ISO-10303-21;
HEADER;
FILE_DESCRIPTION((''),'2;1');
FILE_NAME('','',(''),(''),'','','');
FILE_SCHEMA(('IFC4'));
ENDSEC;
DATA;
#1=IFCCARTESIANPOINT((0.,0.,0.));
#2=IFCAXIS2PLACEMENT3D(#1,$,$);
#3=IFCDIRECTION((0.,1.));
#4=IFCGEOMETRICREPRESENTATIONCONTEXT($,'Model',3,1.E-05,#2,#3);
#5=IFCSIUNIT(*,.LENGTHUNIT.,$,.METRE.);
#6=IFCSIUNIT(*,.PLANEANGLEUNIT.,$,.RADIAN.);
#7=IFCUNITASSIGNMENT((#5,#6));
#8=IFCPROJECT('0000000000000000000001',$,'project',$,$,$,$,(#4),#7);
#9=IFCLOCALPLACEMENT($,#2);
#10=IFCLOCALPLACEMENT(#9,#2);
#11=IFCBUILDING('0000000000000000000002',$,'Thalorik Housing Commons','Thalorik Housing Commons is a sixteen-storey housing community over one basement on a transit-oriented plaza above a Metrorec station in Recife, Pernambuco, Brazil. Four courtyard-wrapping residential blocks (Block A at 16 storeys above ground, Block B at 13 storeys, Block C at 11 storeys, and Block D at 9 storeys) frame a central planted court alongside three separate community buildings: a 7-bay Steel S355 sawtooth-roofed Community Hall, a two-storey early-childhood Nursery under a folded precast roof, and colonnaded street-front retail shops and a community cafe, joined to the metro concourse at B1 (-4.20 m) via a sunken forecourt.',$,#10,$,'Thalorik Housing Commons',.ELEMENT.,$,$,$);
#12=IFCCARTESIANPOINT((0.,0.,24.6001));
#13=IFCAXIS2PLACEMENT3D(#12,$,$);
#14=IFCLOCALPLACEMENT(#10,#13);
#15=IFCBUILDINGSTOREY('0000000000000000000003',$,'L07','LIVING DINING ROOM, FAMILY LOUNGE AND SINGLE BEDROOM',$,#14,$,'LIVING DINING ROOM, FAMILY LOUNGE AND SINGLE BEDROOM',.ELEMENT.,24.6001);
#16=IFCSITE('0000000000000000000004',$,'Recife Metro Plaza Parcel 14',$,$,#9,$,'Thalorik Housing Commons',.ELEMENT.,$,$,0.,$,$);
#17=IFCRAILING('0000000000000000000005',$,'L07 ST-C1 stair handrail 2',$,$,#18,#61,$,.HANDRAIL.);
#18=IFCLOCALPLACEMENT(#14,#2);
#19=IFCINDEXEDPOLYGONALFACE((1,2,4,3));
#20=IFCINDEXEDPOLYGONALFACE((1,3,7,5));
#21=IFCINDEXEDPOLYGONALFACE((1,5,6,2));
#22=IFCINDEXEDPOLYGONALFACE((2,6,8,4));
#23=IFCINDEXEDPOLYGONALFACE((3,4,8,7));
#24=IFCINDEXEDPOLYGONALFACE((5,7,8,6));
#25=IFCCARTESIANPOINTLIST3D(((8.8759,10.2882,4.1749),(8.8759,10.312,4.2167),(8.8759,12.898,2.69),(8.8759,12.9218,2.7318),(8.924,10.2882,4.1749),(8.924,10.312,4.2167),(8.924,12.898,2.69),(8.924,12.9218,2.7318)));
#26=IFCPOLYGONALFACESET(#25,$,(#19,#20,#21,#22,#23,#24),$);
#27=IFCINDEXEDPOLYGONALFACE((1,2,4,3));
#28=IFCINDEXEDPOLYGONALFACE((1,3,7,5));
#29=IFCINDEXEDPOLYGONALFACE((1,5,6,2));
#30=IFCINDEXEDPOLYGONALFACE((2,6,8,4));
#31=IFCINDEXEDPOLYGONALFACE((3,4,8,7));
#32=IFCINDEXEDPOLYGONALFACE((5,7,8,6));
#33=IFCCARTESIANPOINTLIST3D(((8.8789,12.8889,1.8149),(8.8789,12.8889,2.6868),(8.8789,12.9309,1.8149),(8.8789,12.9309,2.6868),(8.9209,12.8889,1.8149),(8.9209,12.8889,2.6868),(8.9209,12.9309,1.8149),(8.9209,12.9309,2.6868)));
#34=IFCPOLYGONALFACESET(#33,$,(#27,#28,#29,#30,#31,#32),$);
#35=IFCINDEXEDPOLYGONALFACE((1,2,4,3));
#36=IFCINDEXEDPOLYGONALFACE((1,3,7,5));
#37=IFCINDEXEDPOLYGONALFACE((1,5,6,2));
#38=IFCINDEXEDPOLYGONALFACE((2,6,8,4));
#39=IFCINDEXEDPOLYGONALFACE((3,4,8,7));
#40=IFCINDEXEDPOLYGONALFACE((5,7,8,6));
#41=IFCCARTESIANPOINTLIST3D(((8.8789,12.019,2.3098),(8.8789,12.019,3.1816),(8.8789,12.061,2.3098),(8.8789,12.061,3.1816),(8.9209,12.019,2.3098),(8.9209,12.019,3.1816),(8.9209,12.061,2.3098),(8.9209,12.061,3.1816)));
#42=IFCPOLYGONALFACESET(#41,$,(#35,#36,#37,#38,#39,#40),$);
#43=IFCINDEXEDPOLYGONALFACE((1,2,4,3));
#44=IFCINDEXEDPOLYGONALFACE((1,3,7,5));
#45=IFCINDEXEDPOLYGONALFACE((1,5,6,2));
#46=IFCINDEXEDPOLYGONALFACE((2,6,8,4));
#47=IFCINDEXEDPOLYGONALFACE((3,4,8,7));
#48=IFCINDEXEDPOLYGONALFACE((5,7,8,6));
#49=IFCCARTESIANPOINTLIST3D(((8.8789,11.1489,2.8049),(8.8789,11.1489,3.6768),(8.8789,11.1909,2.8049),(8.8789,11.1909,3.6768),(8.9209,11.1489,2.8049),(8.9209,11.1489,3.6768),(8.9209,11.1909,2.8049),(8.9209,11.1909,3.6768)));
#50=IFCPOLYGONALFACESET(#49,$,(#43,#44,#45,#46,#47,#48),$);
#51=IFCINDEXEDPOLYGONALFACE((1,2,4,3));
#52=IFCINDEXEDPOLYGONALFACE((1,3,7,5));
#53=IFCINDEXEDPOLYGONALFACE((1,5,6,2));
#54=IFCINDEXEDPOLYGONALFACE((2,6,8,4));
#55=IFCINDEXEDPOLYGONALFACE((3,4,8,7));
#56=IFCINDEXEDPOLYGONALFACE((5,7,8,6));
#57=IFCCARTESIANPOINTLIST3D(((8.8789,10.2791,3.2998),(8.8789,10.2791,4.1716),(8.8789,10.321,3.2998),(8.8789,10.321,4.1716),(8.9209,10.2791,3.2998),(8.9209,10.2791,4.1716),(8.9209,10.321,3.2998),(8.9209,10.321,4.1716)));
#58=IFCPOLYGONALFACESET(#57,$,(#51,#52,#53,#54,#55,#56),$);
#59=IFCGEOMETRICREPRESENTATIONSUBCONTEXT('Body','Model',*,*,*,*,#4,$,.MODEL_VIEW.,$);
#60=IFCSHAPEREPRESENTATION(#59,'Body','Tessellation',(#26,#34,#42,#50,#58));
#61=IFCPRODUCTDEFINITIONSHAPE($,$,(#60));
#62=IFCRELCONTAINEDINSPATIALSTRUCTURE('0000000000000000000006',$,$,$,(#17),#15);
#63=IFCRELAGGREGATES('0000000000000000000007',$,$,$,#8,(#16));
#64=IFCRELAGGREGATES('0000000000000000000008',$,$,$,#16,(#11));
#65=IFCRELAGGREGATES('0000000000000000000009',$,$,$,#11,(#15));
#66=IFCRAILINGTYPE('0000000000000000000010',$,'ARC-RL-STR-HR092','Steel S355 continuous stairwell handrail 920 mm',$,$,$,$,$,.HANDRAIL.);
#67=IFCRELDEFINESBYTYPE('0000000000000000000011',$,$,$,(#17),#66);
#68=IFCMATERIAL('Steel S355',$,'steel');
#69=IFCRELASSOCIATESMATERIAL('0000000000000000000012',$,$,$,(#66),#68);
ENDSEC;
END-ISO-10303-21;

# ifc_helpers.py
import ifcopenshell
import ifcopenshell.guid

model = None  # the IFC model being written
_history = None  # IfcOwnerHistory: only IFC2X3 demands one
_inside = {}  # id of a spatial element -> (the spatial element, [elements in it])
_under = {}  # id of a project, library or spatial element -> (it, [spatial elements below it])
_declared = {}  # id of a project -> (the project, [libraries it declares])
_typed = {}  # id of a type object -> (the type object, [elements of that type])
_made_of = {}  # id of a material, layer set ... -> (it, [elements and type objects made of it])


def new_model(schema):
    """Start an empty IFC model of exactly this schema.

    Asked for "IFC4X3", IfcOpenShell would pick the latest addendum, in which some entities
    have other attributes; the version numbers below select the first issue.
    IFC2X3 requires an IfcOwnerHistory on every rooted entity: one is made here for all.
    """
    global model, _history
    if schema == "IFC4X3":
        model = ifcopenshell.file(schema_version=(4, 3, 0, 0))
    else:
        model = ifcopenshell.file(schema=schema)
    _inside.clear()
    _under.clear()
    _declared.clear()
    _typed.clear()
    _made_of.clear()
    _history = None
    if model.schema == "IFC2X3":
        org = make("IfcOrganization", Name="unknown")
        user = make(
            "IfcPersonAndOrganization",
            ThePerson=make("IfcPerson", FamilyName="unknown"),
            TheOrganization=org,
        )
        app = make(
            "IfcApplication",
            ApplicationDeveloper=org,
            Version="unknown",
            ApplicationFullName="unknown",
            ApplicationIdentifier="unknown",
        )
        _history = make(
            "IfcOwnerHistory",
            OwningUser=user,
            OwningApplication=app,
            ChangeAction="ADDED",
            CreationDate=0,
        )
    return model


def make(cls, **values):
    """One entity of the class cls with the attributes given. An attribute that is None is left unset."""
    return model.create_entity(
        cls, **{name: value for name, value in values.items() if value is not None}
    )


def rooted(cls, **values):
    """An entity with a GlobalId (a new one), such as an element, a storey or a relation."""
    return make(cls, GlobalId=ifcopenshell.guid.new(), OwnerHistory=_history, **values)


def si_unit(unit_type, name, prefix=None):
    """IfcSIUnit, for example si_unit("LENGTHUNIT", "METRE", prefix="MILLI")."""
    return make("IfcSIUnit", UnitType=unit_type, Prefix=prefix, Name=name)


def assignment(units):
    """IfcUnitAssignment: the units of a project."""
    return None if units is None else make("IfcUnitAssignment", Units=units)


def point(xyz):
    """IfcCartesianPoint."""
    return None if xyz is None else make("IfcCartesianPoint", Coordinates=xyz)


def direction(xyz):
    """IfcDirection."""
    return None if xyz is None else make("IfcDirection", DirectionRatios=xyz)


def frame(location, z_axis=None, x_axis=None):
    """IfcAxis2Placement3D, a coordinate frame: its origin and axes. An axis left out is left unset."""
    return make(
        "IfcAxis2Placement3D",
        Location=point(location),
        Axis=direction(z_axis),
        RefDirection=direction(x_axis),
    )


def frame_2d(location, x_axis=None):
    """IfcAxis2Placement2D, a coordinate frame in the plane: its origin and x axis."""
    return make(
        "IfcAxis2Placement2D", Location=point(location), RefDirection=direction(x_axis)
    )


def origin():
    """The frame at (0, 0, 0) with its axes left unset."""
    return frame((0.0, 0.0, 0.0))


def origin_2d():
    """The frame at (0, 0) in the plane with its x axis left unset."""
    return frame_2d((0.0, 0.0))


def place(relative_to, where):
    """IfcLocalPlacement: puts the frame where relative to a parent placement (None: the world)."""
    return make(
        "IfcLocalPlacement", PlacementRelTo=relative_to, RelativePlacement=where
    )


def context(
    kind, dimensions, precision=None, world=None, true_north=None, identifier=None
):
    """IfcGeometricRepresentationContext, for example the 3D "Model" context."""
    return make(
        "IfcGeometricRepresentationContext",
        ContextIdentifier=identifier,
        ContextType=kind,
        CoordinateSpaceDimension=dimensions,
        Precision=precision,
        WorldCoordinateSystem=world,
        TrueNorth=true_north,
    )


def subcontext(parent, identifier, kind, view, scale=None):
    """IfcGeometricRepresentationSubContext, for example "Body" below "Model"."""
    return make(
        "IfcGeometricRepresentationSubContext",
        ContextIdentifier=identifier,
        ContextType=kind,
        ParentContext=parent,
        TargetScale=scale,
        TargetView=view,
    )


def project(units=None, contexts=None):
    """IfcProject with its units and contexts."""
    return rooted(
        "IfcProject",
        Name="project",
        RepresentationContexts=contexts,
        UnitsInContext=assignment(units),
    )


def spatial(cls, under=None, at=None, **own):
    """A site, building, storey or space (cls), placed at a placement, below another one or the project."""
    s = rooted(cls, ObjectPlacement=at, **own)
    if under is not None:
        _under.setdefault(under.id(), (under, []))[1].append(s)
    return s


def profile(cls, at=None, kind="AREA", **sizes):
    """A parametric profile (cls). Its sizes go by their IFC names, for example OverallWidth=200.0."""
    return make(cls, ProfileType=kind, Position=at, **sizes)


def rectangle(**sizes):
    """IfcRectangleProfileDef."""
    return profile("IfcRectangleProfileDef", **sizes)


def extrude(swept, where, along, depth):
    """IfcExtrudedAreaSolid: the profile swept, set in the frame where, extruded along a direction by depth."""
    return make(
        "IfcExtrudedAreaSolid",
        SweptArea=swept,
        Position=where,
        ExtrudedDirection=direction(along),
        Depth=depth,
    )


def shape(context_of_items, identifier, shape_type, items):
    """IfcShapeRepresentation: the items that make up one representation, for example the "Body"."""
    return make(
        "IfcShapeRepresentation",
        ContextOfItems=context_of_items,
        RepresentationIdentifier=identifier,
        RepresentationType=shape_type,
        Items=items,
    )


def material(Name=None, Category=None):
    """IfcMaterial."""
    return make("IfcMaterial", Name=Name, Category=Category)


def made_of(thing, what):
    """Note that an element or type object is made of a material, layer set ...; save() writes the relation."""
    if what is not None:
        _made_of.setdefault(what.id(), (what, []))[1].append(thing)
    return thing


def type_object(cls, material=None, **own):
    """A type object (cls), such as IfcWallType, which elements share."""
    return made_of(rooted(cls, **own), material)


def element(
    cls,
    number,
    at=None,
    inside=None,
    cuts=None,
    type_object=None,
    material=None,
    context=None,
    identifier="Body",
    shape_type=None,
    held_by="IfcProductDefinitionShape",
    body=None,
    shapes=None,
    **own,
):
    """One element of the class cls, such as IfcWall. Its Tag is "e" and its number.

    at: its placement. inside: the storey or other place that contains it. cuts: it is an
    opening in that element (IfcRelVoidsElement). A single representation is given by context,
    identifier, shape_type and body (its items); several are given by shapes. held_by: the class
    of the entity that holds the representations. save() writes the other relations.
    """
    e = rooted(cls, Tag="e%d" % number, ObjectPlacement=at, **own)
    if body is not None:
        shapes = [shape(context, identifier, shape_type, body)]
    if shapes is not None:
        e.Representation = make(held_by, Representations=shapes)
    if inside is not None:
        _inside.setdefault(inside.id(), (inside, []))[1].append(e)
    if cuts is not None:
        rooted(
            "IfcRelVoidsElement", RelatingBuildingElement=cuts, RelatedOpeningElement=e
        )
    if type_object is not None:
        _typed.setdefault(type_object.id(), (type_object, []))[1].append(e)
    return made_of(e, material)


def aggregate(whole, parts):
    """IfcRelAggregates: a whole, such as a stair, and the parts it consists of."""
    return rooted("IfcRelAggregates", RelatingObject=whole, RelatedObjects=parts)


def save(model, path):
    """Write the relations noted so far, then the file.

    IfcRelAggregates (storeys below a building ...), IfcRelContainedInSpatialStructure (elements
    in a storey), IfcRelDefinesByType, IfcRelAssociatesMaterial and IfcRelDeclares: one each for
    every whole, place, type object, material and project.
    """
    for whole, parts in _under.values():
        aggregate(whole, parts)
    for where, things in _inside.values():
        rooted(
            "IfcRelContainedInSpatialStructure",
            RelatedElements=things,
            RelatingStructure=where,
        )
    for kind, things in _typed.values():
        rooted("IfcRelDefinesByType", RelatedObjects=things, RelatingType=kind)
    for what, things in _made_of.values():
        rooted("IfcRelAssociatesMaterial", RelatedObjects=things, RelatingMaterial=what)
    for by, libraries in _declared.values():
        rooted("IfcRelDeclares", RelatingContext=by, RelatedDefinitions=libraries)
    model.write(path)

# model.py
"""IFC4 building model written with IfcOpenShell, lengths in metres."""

from ifc_helpers import new_model, si_unit, direction, frame, origin, origin_2d, place, context, subcontext, project, spatial, rectangle, extrude, material, type_object, element, save


model = new_model("IFC4")

# Units and contexts
model_context = context("Model", 3, precision=1e-05, world=origin(), true_north=direction((0.0, 1.0)))
body_context = subcontext(model_context, "Body", "Model", "MODEL_VIEW")
ifc_project = project(units=[si_unit("LENGTHUNIT", "METRE"), si_unit("PLANEANGLEUNIT", "RADIAN")], contexts=[model_context])

# Site, building, storey
site_placement = place(None, origin())
site = spatial("IfcSite", under=ifc_project, at=site_placement, Name="Recife Metro Plaza Parcel 14", LongName="Thalorik Housing Commons", CompositionType="ELEMENT", RefElevation=0.0)
building_placement = place(site_placement, origin())
building = spatial("IfcBuilding", under=site, at=building_placement, Name="Thalorik Housing Commons", Description="Thalorik Housing Commons is a sixteen-storey housing community over one basement on a transit-oriented plaza above a Metrorec station in Recife, Pernambuco, Brazil. Four courtyard-wrapping residential blocks (Block A at 16 storeys above ground, Block B at 13 storeys, Block C at 11 storeys, and Block D at 9 storeys) frame a central planted court alongside three separate community buildings: a 7-bay Steel S355 sawtooth-roofed Community Hall, a two-storey early-childhood Nursery under a folded precast roof, and colonnaded street-front retail shops and a community cafe, joined to the metro concourse at B1 (-4.20 m) via a sunken forecourt.", LongName="Thalorik Housing Commons", CompositionType="ELEMENT")
storey_placement = place(building_placement, frame((0.0, 0.0, 24.6001)))
storey = spatial("IfcBuildingStorey", under=building, at=storey_placement, Name="L07", Description="LIVING DINING ROOM, FAMILY LOUNGE AND SINGLE BEDROOM", LongName="LIVING DINING ROOM, FAMILY LOUNGE AND SINGLE BEDROOM", CompositionType="ELEMENT", Elevation=24.6001)

# Shared definitions
ifc_material_1 = material(Name="Steel S355", Category="steel")

# Railing
railing_type_1 = type_object("IfcRailingType", Name="ARC-RL-STR-HR092", Description="Steel S355 continuous stairwell handrail 920 mm", PredefinedType="HANDRAIL", material=ifc_material_1)
railing_1_placement = place(storey_placement, frame((8.8999, 12.9099, 1.8149)))
element("IfcRailing", 1, at=railing_1_placement, inside=storey, type_object=railing_type_1, Name="L07 ST-C1 stair handrail 2", PredefinedType="HANDRAIL", context=body_context, shape_type="SweptSolid", body=[
    extrude(rectangle(XDim=0.0481, YDim=0.0481, at=origin_2d()), frame((0.0, 0.0, 0.896), z_axis=(0.0, -0.869172, 0.494509), x_axis=(1.0, 0.0, 0.0)), (0.0, 0.0, 1.0), 3.0027),
    extrude(rectangle(XDim=0.042, YDim=0.042, at=origin_2d()), origin(), (0.0, 0.0, 1.0), 0.8718),
    extrude(rectangle(XDim=0.042, YDim=0.042, at=origin_2d()), frame((0.0, -0.8699, 0.4949)), (0.0, 0.0, 1.0), 0.8718),
    extrude(rectangle(XDim=0.042, YDim=0.042, at=origin_2d()), frame((0.0, -1.74, 0.99)), (0.0, 0.0, 1.0), 0.8718),
    extrude(rectangle(XDim=0.042, YDim=0.042, at=origin_2d()), frame((0.0, -2.6099, 1.4849)), (0.0, 0.0, 1.0), 0.8718),
])

save(model, "model.ifc")
